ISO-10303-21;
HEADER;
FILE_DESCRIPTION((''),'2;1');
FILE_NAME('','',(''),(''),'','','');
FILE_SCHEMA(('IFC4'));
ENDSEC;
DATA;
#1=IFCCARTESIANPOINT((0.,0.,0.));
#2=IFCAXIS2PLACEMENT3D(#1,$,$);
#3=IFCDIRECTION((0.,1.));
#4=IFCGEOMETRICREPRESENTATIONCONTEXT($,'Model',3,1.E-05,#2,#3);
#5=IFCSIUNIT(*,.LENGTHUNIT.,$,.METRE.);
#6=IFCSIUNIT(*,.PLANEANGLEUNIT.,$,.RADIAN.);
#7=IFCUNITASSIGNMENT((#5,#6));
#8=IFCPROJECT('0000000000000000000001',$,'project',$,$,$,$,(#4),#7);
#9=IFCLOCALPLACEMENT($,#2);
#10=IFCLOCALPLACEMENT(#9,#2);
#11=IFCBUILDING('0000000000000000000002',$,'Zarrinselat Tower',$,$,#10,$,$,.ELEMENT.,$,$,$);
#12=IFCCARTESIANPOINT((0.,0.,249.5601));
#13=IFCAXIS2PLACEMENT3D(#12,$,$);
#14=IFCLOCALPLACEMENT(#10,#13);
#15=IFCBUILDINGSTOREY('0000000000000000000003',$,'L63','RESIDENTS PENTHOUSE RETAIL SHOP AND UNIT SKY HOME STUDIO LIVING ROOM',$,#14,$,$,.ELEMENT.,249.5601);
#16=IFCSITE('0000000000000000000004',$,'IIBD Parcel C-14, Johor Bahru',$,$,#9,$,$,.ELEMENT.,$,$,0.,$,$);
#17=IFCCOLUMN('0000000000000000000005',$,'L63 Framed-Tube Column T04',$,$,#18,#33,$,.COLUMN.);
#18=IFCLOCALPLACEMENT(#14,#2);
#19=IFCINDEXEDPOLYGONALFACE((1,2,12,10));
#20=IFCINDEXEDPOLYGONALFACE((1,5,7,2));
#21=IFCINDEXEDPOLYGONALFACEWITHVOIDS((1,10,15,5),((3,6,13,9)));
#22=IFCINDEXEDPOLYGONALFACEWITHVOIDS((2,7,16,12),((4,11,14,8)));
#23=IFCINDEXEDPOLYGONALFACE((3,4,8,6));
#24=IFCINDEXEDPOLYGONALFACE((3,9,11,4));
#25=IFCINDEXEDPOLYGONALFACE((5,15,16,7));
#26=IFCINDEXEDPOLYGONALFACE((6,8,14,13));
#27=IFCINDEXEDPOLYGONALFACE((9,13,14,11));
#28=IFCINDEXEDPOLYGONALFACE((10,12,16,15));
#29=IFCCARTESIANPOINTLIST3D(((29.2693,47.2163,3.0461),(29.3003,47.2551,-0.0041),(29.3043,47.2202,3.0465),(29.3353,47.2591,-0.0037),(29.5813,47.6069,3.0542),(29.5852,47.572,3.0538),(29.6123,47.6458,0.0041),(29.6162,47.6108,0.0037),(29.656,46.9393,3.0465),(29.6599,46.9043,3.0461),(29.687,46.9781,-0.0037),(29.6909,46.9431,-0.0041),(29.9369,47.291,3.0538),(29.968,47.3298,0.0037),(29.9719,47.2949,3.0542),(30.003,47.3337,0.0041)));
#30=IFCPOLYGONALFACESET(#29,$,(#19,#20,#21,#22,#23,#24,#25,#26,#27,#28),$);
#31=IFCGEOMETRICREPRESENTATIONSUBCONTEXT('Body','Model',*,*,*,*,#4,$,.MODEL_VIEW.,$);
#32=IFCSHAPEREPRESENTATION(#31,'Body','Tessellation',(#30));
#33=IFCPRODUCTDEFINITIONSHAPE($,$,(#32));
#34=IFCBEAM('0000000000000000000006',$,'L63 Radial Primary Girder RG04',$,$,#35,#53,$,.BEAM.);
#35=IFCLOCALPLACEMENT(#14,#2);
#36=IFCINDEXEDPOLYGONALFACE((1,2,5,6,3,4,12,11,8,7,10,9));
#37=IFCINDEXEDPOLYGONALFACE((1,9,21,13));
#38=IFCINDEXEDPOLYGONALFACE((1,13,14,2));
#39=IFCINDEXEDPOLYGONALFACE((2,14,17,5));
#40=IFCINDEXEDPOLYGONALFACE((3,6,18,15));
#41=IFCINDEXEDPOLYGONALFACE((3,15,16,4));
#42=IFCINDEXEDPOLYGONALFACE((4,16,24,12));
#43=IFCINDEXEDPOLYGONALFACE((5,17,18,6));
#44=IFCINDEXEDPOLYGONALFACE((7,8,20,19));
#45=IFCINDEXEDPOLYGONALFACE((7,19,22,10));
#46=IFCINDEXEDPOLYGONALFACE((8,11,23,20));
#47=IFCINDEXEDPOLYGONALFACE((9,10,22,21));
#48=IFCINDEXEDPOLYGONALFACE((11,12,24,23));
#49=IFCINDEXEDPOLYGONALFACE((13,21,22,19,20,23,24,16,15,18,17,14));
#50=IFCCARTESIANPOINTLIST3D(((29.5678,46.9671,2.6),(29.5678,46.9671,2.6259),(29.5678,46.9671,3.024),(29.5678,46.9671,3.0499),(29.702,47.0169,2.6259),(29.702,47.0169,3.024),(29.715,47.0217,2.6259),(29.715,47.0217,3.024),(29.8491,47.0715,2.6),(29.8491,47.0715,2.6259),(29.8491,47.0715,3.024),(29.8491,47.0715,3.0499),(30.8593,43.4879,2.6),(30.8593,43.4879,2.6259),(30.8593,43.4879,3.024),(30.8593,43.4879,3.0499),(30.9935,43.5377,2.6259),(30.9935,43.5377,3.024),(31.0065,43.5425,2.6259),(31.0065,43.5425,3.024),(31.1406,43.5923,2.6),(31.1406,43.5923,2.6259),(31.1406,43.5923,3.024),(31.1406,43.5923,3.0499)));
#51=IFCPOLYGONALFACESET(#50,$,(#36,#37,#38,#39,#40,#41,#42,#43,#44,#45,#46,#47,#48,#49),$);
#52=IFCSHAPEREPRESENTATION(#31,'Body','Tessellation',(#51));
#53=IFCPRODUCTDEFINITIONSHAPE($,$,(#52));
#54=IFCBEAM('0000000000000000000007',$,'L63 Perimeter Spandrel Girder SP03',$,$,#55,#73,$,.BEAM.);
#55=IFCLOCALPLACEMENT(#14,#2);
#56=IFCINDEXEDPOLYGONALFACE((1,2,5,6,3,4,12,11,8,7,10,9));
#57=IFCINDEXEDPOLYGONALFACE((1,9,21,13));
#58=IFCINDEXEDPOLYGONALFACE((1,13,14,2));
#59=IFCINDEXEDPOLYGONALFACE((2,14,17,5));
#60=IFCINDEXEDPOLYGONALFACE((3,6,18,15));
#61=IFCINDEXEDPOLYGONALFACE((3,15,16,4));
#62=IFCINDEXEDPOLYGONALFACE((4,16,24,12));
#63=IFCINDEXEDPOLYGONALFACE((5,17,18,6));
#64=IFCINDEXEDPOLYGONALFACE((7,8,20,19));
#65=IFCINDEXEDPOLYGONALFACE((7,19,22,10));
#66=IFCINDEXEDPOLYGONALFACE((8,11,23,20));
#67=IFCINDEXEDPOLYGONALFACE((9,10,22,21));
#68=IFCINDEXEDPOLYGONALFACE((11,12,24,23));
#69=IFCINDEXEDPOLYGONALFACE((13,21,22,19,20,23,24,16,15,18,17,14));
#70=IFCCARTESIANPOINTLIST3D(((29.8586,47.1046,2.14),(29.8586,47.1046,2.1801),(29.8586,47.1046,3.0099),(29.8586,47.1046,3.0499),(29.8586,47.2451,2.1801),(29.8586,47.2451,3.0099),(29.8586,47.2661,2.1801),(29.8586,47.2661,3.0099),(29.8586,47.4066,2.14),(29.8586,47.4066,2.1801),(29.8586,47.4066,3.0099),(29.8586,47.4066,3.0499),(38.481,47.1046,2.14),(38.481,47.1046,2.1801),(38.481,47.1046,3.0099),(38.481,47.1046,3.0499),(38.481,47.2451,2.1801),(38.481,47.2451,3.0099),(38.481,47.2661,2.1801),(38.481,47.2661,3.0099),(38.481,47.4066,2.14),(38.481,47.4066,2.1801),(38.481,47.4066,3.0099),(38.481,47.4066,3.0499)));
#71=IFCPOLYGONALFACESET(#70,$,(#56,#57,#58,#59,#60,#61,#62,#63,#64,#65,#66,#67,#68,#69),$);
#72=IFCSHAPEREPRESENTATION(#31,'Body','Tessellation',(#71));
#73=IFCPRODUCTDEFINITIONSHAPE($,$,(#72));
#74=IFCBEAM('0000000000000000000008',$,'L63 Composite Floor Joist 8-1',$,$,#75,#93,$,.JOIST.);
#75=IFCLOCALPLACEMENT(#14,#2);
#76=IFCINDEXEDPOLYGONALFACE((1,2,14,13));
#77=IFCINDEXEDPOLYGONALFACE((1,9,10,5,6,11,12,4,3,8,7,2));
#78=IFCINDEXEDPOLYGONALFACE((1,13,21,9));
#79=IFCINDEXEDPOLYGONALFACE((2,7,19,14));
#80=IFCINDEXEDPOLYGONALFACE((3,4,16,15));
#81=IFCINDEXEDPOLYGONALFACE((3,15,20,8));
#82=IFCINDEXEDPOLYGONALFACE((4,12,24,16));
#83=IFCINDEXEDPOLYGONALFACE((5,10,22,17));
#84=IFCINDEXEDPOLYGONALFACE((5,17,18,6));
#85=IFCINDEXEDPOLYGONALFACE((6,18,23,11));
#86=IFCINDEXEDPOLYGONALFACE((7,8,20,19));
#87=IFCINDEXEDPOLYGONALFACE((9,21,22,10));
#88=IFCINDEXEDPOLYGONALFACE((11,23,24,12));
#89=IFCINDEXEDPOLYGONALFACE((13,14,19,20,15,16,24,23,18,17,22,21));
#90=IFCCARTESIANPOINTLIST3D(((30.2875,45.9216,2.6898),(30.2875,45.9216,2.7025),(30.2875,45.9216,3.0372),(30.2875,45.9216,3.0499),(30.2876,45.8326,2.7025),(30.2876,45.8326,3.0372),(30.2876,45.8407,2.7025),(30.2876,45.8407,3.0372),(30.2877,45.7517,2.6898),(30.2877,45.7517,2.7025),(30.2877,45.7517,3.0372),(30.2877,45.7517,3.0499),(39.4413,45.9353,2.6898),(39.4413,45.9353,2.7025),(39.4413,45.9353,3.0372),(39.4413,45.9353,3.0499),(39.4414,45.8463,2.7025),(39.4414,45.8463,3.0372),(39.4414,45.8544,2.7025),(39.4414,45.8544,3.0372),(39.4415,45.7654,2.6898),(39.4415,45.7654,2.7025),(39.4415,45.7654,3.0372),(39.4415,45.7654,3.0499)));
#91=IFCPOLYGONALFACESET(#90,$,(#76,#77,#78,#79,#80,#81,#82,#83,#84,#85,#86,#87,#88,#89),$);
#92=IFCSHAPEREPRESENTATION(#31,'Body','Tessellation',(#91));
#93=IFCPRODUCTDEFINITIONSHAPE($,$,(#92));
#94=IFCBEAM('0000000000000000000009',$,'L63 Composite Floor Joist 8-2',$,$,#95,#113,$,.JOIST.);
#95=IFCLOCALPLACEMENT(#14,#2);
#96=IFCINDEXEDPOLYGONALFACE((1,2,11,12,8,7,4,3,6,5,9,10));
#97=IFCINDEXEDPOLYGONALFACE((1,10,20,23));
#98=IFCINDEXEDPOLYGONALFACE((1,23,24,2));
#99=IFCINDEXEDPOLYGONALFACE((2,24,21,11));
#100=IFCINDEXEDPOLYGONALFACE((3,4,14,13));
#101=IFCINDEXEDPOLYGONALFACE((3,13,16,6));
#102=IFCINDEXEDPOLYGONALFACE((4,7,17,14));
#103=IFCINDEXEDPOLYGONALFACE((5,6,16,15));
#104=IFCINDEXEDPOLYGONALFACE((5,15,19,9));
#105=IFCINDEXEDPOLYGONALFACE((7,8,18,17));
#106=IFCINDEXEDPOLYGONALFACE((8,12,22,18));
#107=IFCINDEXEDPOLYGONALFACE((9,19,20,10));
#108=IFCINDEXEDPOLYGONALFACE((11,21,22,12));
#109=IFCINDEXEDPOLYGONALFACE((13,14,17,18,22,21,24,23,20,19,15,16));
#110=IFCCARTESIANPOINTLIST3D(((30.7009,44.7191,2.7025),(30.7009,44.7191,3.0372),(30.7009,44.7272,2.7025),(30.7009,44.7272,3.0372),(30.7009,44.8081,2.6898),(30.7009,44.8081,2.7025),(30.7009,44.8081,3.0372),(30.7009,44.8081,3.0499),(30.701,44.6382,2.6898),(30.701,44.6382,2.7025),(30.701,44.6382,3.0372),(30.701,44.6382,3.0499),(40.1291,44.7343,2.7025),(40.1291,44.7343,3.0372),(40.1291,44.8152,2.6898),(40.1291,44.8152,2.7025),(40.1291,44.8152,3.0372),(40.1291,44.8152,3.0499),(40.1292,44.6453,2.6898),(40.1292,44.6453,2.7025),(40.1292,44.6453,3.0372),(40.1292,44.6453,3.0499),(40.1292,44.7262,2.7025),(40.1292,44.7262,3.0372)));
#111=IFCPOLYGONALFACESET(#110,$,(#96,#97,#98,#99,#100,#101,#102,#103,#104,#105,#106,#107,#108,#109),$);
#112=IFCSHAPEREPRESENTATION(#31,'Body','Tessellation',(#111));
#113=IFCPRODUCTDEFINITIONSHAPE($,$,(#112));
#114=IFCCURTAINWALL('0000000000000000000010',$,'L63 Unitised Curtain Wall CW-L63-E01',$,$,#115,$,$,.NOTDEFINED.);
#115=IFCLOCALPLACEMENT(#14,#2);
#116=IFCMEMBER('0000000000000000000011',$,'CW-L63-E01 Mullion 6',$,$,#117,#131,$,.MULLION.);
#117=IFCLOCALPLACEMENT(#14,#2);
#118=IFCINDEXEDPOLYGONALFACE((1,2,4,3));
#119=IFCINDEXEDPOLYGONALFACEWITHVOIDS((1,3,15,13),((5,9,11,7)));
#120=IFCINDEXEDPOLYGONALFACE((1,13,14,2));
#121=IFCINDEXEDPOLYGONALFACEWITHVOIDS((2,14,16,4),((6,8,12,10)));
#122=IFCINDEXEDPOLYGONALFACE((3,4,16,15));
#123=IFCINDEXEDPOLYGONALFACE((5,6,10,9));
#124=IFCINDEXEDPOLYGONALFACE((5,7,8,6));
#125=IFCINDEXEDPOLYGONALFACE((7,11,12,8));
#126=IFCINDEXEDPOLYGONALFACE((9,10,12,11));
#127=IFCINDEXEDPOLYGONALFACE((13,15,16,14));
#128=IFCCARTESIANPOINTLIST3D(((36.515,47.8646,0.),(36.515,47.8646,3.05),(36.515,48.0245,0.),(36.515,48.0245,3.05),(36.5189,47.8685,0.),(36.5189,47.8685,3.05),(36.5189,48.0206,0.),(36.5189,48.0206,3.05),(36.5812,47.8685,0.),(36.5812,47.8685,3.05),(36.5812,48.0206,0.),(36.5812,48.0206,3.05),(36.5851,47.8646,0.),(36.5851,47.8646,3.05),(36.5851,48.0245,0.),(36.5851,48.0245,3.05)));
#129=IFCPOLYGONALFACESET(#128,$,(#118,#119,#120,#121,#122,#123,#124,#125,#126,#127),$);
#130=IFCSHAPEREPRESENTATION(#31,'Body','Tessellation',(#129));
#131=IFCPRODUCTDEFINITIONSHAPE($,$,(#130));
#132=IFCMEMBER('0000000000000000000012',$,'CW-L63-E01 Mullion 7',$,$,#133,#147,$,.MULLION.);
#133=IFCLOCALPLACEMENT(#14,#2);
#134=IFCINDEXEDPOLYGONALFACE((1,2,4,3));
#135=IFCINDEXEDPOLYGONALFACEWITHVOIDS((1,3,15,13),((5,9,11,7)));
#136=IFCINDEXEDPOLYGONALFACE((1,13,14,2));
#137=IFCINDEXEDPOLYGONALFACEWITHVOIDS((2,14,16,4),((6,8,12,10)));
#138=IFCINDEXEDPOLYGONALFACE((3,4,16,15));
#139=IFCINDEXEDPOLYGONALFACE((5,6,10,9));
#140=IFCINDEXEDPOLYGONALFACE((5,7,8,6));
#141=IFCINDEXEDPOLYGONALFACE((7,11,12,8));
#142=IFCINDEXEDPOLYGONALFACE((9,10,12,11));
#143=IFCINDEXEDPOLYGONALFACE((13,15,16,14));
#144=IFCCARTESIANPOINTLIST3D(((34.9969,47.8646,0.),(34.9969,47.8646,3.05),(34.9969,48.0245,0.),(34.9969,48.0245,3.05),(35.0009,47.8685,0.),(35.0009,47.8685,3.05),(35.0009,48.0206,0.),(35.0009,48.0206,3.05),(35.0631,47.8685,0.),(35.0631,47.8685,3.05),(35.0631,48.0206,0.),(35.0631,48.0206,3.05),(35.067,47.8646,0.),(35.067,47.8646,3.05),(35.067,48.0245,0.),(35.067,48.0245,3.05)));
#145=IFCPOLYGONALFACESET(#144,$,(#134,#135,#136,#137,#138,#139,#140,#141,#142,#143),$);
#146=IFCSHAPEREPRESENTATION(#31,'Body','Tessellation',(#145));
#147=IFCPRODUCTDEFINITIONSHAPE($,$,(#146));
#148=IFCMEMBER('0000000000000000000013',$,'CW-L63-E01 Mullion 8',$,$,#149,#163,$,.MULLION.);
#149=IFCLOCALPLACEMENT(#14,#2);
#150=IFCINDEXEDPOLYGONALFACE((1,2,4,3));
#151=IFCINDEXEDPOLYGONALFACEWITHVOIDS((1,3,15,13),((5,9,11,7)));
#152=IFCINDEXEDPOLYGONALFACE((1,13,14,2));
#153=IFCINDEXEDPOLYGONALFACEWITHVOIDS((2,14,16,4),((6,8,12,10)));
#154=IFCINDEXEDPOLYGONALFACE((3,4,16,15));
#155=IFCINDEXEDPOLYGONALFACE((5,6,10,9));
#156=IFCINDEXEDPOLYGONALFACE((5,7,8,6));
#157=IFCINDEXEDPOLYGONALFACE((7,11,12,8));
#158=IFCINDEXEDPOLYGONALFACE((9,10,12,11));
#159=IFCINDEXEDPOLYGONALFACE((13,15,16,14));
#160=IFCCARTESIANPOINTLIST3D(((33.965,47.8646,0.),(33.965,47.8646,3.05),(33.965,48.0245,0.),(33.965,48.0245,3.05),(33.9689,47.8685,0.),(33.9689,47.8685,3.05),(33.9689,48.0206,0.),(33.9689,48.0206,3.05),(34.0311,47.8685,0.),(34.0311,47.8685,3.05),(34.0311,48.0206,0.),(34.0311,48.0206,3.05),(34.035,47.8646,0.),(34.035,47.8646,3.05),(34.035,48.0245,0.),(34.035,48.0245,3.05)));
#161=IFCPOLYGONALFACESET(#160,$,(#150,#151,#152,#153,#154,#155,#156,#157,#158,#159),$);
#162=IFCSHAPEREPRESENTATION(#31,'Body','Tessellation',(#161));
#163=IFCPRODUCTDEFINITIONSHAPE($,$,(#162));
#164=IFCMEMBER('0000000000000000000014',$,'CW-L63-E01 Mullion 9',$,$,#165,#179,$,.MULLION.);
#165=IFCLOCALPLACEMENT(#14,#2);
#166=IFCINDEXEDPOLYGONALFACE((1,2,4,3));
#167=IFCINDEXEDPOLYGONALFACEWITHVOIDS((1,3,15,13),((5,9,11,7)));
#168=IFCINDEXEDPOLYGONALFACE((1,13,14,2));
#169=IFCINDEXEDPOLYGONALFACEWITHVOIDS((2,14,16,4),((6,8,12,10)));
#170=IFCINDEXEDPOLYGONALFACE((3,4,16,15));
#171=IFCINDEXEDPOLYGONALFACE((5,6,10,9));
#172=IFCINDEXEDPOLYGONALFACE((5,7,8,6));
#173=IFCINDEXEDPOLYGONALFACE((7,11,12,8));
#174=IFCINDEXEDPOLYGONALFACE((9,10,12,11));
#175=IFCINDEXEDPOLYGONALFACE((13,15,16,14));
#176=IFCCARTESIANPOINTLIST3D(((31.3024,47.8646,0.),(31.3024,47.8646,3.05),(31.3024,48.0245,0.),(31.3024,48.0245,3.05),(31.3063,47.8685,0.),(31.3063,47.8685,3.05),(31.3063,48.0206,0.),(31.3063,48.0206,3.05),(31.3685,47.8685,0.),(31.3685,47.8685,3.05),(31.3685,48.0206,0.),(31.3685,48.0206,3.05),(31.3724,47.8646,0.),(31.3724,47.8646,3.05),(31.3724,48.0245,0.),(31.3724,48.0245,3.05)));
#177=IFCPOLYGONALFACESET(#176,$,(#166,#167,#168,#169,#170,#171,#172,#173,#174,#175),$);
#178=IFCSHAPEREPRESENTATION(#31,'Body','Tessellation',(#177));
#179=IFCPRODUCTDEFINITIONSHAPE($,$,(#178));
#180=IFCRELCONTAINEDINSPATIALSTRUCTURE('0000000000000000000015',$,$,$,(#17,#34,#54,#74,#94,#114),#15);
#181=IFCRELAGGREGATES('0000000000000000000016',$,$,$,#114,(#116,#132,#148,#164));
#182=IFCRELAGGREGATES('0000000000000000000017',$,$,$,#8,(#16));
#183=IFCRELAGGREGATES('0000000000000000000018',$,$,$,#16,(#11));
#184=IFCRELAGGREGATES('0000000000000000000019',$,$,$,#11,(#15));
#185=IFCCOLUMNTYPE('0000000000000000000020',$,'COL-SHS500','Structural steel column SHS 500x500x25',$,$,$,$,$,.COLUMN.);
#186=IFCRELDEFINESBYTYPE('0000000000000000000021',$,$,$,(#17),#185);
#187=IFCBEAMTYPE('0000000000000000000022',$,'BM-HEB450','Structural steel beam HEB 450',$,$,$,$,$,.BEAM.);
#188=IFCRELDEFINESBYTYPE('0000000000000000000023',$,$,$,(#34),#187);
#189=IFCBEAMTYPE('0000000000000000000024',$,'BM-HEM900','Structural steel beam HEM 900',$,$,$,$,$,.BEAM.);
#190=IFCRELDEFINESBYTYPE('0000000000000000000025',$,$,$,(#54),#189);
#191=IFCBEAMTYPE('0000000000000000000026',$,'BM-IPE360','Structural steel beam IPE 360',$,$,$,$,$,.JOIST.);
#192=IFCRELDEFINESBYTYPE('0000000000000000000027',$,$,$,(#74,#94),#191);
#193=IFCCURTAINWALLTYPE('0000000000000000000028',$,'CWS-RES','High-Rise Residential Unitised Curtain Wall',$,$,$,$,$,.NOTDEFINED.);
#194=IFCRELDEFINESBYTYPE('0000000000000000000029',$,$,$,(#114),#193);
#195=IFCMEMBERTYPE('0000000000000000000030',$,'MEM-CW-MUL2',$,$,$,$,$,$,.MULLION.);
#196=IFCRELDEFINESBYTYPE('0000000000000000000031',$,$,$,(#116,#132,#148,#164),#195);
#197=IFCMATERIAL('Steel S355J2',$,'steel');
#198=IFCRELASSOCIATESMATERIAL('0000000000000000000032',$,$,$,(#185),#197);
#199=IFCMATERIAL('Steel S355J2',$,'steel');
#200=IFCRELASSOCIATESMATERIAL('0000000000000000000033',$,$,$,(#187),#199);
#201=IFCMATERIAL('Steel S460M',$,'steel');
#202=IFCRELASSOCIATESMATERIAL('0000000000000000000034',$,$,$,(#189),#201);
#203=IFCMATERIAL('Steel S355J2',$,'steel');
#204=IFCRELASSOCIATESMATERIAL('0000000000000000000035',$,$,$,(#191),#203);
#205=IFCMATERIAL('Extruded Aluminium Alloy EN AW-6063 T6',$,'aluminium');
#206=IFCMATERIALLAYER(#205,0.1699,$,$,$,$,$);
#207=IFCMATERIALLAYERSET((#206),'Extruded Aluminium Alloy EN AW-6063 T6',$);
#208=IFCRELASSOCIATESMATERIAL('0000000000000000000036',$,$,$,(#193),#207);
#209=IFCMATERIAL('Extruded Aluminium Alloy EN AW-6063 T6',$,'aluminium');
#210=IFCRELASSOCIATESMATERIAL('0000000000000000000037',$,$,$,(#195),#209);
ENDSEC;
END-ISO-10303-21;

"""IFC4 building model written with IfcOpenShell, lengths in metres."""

from ifc_helpers import new_model, si_unit, direction, frame, origin, origin_2d, place, context, subcontext, project, spatial, hollow_rectangle, i_section, extrude, material, layer, layer_set, material_profile, profile_set, type_object, element, aggregate, save


model = new_model("IFC4")

# Units and contexts
model_context = context("Model", 3, precision=1e-05, world=origin(), true_north=direction((0.0, 1.0)))
body_context = subcontext(model_context, "Body", "Model", "MODEL_VIEW")
ifc_project = project(units=[si_unit("LENGTHUNIT", "METRE"), si_unit("PLANEANGLEUNIT", "RADIAN")], contexts=[model_context])

# Site, building, storey
site_placement = place(None, origin())
site = spatial("IfcSite", under=ifc_project, at=site_placement, Name="IIBD Parcel C-14, Johor Bahru", CompositionType="ELEMENT", RefElevation=0.0)
building_placement = place(site_placement, origin())
building = spatial("IfcBuilding", under=site, at=building_placement, Name="Zarrinselat Tower", CompositionType="ELEMENT")
storey_placement = place(building_placement, frame((0.0, 0.0, 249.5601)))
storey = spatial("IfcBuildingStorey", under=building, at=storey_placement, Name="L63", Description="RESIDENTS PENTHOUSE RETAIL SHOP AND UNIT SKY HOME STUDIO LIVING ROOM", CompositionType="ELEMENT", Elevation=249.5601)

# Column
ifc_material_1 = material(Name="Steel S355J2", Category="steel")
ifc_material_profile_1 = material_profile(ifc_material_1, hollow_rectangle(XDim=0.5, YDim=0.5, WallThickness=0.0249, at=origin_2d()), Name="SHS 500x500x25")
ifc_profile_set_1 = profile_set([ifc_material_profile_1], Name="Steel S355J2")
column_type = type_object("IfcColumnType", Name="COL-SHS500", Description="Structural steel column SHS 500x500x25", PredefinedType="COLUMN", material=ifc_profile_set_1)
column_placement = place(storey_placement, frame((29.6516, 47.2944, 0.0), z_axis=(-0.010164, -0.012725, 0.999867), x_axis=(0.781348, -0.624096, 0.0)))
element("IfcColumn", 1, at=column_placement, inside=storey, type_object=column_type, Name="L63 Framed-Tube Column T04", PredefinedType="COLUMN", context=body_context, shape_type="SweptSolid", body=[
    extrude(hollow_rectangle(XDim=0.5, YDim=0.5, WallThickness=0.0249, at=origin_2d()), origin(), (0.0, 0.0, 1.0), 3.0505),
])

# Beams
ifc_material_2 = material(Name="Steel S355J2", Category="steel")
ifc_material_profile_2 = material_profile(ifc_material_2, i_section(OverallWidth=0.3, OverallDepth=0.45, WebThickness=0.0139, FlangeThickness=0.0259, at=origin_2d()), Name="HEB 450")
ifc_profile_set_2 = profile_set([ifc_material_profile_2], Name="Steel S355J2")
beam_type_1 = type_object("IfcBeamType", Name="BM-HEB450", Description="Structural steel beam HEB 450", PredefinedType="BEAM", material=ifc_profile_set_2)
beam_1_placement = place(storey_placement, frame((29.7085, 47.0193, 2.825), z_axis=(0.348, -0.937495, 0.0), x_axis=(0.937495, 0.348, 0.0)))
element("IfcBeam", 2, at=beam_1_placement, inside=storey, type_object=beam_type_1, Name="L63 Radial Primary Girder RG04", PredefinedType="BEAM", context=body_context, shape_type="SweptSolid", body=[
    extrude(i_section(OverallWidth=0.3, OverallDepth=0.45, WebThickness=0.0139, FlangeThickness=0.0259, at=origin_2d()), origin(), (0.0, 0.0, 1.0), 3.7112),
])
ifc_material_3 = material(Name="Steel S460M", Category="steel")
ifc_material_profile_3 = material_profile(ifc_material_3, i_section(OverallWidth=0.302, OverallDepth=0.9099, WebThickness=0.021, FlangeThickness=0.04, at=origin_2d()), Name="HEM 900")
ifc_profile_set_3 = profile_set([ifc_material_profile_3], Name="Steel S460M")
beam_type_2 = type_object("IfcBeamType", Name="BM-HEM900", Description="Structural steel beam HEM 900", PredefinedType="BEAM", material=ifc_profile_set_3)
beam_2_placement = place(storey_placement, frame((29.8586, 47.2556, 2.595), z_axis=(1.0, 0.0, 0.0), x_axis=(0.0, 1.0, 0.0)))
element("IfcBeam", 3, at=beam_2_placement, inside=storey, type_object=beam_type_2, Name="L63 Perimeter Spandrel Girder SP03", PredefinedType="BEAM", context=body_context, shape_type="SweptSolid", body=[
    extrude(i_section(OverallWidth=0.302, OverallDepth=0.9099, WebThickness=0.021, FlangeThickness=0.04, at=origin_2d()), origin(), (0.0, 0.0, 1.0), 8.6223),
])
ifc_material_4 = material(Name="Steel S355J2", Category="steel")
ifc_material_profile_4 = material_profile(ifc_material_4, i_section(OverallWidth=0.1699, OverallDepth=0.3601, WebThickness=0.0081, FlangeThickness=0.0127, at=origin_2d()), Name="IPE 360")
ifc_profile_set_4 = profile_set([ifc_material_profile_4], Name="Steel S355J2")
beam_type_3 = type_object("IfcBeamType", Name="BM-IPE360", Description="Structural steel beam IPE 360", PredefinedType="JOIST", material=ifc_profile_set_4)
beam_3_placement = place(storey_placement, frame((30.2876, 45.8367, 2.8699), z_axis=(0.999999, 0.001494, 0.0), x_axis=(-0.001494, 0.999999, 0.0)))
element("IfcBeam", 4, at=beam_3_placement, inside=storey, type_object=beam_type_3, Name="L63 Composite Floor Joist 8-1", PredefinedType="JOIST", context=body_context, shape_type="SweptSolid", body=[
    extrude(i_section(OverallWidth=0.1699, OverallDepth=0.3601, WebThickness=0.0081, FlangeThickness=0.0127, at=origin_2d()), origin(), (0.0, 0.0, 1.0), 9.1538),
])
beam_4_placement = place(storey_placement, frame((30.7009, 44.7231, 2.8699), z_axis=(1.0, 0.000751, 0.0), x_axis=(-0.000751, 1.0, 0.0)))
element("IfcBeam", 5, at=beam_4_placement, inside=storey, type_object=beam_type_3, Name="L63 Composite Floor Joist 8-2", PredefinedType="JOIST", context=body_context, shape_type="SweptSolid", body=[
    extrude(i_section(OverallWidth=0.1699, OverallDepth=0.3601, WebThickness=0.0081, FlangeThickness=0.0127, at=origin_2d()), origin(), (0.0, 0.0, 1.0), 9.4282),
])

# Curtain wall, members
ifc_material_5 = material(Name="Extruded Aluminium Alloy EN AW-6063 T6", Category="aluminium")
ifc_layer_1 = layer(ifc_material_5, 0.1699)
ifc_layer_set_1 = layer_set([ifc_layer_1], Name="Extruded Aluminium Alloy EN AW-6063 T6")
curtain_wall_type = type_object("IfcCurtainWallType", Name="CWS-RES", Description="High-Rise Residential Unitised Curtain Wall", PredefinedType="NOTDEFINED", material=ifc_layer_set_1)
curtain_wall_placement = place(storey_placement, origin())
curtain_wall = element("IfcCurtainWall", 6, at=curtain_wall_placement, inside=storey, type_object=curtain_wall_type, Name="L63 Unitised Curtain Wall CW-L63-E01", PredefinedType="NOTDEFINED")
ifc_material_6 = material(Name="Extruded Aluminium Alloy EN AW-6063 T6", Category="aluminium")
ifc_material_profile_5 = material_profile(ifc_material_6, hollow_rectangle(XDim=0.0701, YDim=0.1599, WallThickness=0.0039, at=origin_2d()), Name="RHS 160x70x4")
ifc_profile_set_5 = profile_set([ifc_material_profile_5], Name="Extruded Aluminium Alloy EN AW-6063 T6")
member_type_1 = type_object("IfcMemberType", Name="MEM-CW-MUL2", PredefinedType="MULLION", material=ifc_profile_set_5)
member_1_placement = place(storey_placement, frame((36.55, 47.9446, 0.0), z_axis=(0.0, 0.0, 1.0), x_axis=(-1.0, 0.0, 0.0)))
member_1 = element("IfcMember", 7, at=member_1_placement, type_object=member_type_1, Name="CW-L63-E01 Mullion 6", PredefinedType="MULLION", context=body_context, shape_type="SweptSolid", body=[
    extrude(hollow_rectangle(XDim=0.0701, YDim=0.1599, WallThickness=0.0039, at=origin_2d()), origin(), (0.0, 0.0, 1.0), 3.05),
])
member_2_placement = place(storey_placement, frame((35.032, 47.9446, 0.0), z_axis=(0.0, 0.0, 1.0), x_axis=(-1.0, 0.0, 0.0)))
member_2 = element("IfcMember", 8, at=member_2_placement, type_object=member_type_1, Name="CW-L63-E01 Mullion 7", PredefinedType="MULLION", context=body_context, shape_type="SweptSolid", body=[
    extrude(hollow_rectangle(XDim=0.0701, YDim=0.1599, WallThickness=0.0039, at=origin_2d()), origin(), (0.0, 0.0, 1.0), 3.05),
])
member_3_placement = place(storey_placement, frame((34.0, 47.9446, 0.0), z_axis=(0.0, 0.0, 1.0), x_axis=(-1.0, 0.0, 0.0)))
member_3 = element("IfcMember", 9, at=member_3_placement, type_object=member_type_1, Name="CW-L63-E01 Mullion 8", PredefinedType="MULLION", context=body_context, shape_type="SweptSolid", body=[
    extrude(hollow_rectangle(XDim=0.0701, YDim=0.1599, WallThickness=0.0039, at=origin_2d()), origin(), (0.0, 0.0, 1.0), 3.05),
])
member_4_placement = place(storey_placement, frame((31.3374, 47.9446, 0.0), z_axis=(0.0, 0.0, 1.0), x_axis=(-1.0, 0.0, 0.0)))
member_4 = element("IfcMember", 10, at=member_4_placement, type_object=member_type_1, Name="CW-L63-E01 Mullion 9", PredefinedType="MULLION", context=body_context, shape_type="SweptSolid", body=[
    extrude(hollow_rectangle(XDim=0.0701, YDim=0.1599, WallThickness=0.0039, at=origin_2d()), origin(), (0.0, 0.0, 1.0), 3.05),
])
aggregate(curtain_wall, [member_1, member_2, member_3, member_4])

save(model, "model.ifc")
